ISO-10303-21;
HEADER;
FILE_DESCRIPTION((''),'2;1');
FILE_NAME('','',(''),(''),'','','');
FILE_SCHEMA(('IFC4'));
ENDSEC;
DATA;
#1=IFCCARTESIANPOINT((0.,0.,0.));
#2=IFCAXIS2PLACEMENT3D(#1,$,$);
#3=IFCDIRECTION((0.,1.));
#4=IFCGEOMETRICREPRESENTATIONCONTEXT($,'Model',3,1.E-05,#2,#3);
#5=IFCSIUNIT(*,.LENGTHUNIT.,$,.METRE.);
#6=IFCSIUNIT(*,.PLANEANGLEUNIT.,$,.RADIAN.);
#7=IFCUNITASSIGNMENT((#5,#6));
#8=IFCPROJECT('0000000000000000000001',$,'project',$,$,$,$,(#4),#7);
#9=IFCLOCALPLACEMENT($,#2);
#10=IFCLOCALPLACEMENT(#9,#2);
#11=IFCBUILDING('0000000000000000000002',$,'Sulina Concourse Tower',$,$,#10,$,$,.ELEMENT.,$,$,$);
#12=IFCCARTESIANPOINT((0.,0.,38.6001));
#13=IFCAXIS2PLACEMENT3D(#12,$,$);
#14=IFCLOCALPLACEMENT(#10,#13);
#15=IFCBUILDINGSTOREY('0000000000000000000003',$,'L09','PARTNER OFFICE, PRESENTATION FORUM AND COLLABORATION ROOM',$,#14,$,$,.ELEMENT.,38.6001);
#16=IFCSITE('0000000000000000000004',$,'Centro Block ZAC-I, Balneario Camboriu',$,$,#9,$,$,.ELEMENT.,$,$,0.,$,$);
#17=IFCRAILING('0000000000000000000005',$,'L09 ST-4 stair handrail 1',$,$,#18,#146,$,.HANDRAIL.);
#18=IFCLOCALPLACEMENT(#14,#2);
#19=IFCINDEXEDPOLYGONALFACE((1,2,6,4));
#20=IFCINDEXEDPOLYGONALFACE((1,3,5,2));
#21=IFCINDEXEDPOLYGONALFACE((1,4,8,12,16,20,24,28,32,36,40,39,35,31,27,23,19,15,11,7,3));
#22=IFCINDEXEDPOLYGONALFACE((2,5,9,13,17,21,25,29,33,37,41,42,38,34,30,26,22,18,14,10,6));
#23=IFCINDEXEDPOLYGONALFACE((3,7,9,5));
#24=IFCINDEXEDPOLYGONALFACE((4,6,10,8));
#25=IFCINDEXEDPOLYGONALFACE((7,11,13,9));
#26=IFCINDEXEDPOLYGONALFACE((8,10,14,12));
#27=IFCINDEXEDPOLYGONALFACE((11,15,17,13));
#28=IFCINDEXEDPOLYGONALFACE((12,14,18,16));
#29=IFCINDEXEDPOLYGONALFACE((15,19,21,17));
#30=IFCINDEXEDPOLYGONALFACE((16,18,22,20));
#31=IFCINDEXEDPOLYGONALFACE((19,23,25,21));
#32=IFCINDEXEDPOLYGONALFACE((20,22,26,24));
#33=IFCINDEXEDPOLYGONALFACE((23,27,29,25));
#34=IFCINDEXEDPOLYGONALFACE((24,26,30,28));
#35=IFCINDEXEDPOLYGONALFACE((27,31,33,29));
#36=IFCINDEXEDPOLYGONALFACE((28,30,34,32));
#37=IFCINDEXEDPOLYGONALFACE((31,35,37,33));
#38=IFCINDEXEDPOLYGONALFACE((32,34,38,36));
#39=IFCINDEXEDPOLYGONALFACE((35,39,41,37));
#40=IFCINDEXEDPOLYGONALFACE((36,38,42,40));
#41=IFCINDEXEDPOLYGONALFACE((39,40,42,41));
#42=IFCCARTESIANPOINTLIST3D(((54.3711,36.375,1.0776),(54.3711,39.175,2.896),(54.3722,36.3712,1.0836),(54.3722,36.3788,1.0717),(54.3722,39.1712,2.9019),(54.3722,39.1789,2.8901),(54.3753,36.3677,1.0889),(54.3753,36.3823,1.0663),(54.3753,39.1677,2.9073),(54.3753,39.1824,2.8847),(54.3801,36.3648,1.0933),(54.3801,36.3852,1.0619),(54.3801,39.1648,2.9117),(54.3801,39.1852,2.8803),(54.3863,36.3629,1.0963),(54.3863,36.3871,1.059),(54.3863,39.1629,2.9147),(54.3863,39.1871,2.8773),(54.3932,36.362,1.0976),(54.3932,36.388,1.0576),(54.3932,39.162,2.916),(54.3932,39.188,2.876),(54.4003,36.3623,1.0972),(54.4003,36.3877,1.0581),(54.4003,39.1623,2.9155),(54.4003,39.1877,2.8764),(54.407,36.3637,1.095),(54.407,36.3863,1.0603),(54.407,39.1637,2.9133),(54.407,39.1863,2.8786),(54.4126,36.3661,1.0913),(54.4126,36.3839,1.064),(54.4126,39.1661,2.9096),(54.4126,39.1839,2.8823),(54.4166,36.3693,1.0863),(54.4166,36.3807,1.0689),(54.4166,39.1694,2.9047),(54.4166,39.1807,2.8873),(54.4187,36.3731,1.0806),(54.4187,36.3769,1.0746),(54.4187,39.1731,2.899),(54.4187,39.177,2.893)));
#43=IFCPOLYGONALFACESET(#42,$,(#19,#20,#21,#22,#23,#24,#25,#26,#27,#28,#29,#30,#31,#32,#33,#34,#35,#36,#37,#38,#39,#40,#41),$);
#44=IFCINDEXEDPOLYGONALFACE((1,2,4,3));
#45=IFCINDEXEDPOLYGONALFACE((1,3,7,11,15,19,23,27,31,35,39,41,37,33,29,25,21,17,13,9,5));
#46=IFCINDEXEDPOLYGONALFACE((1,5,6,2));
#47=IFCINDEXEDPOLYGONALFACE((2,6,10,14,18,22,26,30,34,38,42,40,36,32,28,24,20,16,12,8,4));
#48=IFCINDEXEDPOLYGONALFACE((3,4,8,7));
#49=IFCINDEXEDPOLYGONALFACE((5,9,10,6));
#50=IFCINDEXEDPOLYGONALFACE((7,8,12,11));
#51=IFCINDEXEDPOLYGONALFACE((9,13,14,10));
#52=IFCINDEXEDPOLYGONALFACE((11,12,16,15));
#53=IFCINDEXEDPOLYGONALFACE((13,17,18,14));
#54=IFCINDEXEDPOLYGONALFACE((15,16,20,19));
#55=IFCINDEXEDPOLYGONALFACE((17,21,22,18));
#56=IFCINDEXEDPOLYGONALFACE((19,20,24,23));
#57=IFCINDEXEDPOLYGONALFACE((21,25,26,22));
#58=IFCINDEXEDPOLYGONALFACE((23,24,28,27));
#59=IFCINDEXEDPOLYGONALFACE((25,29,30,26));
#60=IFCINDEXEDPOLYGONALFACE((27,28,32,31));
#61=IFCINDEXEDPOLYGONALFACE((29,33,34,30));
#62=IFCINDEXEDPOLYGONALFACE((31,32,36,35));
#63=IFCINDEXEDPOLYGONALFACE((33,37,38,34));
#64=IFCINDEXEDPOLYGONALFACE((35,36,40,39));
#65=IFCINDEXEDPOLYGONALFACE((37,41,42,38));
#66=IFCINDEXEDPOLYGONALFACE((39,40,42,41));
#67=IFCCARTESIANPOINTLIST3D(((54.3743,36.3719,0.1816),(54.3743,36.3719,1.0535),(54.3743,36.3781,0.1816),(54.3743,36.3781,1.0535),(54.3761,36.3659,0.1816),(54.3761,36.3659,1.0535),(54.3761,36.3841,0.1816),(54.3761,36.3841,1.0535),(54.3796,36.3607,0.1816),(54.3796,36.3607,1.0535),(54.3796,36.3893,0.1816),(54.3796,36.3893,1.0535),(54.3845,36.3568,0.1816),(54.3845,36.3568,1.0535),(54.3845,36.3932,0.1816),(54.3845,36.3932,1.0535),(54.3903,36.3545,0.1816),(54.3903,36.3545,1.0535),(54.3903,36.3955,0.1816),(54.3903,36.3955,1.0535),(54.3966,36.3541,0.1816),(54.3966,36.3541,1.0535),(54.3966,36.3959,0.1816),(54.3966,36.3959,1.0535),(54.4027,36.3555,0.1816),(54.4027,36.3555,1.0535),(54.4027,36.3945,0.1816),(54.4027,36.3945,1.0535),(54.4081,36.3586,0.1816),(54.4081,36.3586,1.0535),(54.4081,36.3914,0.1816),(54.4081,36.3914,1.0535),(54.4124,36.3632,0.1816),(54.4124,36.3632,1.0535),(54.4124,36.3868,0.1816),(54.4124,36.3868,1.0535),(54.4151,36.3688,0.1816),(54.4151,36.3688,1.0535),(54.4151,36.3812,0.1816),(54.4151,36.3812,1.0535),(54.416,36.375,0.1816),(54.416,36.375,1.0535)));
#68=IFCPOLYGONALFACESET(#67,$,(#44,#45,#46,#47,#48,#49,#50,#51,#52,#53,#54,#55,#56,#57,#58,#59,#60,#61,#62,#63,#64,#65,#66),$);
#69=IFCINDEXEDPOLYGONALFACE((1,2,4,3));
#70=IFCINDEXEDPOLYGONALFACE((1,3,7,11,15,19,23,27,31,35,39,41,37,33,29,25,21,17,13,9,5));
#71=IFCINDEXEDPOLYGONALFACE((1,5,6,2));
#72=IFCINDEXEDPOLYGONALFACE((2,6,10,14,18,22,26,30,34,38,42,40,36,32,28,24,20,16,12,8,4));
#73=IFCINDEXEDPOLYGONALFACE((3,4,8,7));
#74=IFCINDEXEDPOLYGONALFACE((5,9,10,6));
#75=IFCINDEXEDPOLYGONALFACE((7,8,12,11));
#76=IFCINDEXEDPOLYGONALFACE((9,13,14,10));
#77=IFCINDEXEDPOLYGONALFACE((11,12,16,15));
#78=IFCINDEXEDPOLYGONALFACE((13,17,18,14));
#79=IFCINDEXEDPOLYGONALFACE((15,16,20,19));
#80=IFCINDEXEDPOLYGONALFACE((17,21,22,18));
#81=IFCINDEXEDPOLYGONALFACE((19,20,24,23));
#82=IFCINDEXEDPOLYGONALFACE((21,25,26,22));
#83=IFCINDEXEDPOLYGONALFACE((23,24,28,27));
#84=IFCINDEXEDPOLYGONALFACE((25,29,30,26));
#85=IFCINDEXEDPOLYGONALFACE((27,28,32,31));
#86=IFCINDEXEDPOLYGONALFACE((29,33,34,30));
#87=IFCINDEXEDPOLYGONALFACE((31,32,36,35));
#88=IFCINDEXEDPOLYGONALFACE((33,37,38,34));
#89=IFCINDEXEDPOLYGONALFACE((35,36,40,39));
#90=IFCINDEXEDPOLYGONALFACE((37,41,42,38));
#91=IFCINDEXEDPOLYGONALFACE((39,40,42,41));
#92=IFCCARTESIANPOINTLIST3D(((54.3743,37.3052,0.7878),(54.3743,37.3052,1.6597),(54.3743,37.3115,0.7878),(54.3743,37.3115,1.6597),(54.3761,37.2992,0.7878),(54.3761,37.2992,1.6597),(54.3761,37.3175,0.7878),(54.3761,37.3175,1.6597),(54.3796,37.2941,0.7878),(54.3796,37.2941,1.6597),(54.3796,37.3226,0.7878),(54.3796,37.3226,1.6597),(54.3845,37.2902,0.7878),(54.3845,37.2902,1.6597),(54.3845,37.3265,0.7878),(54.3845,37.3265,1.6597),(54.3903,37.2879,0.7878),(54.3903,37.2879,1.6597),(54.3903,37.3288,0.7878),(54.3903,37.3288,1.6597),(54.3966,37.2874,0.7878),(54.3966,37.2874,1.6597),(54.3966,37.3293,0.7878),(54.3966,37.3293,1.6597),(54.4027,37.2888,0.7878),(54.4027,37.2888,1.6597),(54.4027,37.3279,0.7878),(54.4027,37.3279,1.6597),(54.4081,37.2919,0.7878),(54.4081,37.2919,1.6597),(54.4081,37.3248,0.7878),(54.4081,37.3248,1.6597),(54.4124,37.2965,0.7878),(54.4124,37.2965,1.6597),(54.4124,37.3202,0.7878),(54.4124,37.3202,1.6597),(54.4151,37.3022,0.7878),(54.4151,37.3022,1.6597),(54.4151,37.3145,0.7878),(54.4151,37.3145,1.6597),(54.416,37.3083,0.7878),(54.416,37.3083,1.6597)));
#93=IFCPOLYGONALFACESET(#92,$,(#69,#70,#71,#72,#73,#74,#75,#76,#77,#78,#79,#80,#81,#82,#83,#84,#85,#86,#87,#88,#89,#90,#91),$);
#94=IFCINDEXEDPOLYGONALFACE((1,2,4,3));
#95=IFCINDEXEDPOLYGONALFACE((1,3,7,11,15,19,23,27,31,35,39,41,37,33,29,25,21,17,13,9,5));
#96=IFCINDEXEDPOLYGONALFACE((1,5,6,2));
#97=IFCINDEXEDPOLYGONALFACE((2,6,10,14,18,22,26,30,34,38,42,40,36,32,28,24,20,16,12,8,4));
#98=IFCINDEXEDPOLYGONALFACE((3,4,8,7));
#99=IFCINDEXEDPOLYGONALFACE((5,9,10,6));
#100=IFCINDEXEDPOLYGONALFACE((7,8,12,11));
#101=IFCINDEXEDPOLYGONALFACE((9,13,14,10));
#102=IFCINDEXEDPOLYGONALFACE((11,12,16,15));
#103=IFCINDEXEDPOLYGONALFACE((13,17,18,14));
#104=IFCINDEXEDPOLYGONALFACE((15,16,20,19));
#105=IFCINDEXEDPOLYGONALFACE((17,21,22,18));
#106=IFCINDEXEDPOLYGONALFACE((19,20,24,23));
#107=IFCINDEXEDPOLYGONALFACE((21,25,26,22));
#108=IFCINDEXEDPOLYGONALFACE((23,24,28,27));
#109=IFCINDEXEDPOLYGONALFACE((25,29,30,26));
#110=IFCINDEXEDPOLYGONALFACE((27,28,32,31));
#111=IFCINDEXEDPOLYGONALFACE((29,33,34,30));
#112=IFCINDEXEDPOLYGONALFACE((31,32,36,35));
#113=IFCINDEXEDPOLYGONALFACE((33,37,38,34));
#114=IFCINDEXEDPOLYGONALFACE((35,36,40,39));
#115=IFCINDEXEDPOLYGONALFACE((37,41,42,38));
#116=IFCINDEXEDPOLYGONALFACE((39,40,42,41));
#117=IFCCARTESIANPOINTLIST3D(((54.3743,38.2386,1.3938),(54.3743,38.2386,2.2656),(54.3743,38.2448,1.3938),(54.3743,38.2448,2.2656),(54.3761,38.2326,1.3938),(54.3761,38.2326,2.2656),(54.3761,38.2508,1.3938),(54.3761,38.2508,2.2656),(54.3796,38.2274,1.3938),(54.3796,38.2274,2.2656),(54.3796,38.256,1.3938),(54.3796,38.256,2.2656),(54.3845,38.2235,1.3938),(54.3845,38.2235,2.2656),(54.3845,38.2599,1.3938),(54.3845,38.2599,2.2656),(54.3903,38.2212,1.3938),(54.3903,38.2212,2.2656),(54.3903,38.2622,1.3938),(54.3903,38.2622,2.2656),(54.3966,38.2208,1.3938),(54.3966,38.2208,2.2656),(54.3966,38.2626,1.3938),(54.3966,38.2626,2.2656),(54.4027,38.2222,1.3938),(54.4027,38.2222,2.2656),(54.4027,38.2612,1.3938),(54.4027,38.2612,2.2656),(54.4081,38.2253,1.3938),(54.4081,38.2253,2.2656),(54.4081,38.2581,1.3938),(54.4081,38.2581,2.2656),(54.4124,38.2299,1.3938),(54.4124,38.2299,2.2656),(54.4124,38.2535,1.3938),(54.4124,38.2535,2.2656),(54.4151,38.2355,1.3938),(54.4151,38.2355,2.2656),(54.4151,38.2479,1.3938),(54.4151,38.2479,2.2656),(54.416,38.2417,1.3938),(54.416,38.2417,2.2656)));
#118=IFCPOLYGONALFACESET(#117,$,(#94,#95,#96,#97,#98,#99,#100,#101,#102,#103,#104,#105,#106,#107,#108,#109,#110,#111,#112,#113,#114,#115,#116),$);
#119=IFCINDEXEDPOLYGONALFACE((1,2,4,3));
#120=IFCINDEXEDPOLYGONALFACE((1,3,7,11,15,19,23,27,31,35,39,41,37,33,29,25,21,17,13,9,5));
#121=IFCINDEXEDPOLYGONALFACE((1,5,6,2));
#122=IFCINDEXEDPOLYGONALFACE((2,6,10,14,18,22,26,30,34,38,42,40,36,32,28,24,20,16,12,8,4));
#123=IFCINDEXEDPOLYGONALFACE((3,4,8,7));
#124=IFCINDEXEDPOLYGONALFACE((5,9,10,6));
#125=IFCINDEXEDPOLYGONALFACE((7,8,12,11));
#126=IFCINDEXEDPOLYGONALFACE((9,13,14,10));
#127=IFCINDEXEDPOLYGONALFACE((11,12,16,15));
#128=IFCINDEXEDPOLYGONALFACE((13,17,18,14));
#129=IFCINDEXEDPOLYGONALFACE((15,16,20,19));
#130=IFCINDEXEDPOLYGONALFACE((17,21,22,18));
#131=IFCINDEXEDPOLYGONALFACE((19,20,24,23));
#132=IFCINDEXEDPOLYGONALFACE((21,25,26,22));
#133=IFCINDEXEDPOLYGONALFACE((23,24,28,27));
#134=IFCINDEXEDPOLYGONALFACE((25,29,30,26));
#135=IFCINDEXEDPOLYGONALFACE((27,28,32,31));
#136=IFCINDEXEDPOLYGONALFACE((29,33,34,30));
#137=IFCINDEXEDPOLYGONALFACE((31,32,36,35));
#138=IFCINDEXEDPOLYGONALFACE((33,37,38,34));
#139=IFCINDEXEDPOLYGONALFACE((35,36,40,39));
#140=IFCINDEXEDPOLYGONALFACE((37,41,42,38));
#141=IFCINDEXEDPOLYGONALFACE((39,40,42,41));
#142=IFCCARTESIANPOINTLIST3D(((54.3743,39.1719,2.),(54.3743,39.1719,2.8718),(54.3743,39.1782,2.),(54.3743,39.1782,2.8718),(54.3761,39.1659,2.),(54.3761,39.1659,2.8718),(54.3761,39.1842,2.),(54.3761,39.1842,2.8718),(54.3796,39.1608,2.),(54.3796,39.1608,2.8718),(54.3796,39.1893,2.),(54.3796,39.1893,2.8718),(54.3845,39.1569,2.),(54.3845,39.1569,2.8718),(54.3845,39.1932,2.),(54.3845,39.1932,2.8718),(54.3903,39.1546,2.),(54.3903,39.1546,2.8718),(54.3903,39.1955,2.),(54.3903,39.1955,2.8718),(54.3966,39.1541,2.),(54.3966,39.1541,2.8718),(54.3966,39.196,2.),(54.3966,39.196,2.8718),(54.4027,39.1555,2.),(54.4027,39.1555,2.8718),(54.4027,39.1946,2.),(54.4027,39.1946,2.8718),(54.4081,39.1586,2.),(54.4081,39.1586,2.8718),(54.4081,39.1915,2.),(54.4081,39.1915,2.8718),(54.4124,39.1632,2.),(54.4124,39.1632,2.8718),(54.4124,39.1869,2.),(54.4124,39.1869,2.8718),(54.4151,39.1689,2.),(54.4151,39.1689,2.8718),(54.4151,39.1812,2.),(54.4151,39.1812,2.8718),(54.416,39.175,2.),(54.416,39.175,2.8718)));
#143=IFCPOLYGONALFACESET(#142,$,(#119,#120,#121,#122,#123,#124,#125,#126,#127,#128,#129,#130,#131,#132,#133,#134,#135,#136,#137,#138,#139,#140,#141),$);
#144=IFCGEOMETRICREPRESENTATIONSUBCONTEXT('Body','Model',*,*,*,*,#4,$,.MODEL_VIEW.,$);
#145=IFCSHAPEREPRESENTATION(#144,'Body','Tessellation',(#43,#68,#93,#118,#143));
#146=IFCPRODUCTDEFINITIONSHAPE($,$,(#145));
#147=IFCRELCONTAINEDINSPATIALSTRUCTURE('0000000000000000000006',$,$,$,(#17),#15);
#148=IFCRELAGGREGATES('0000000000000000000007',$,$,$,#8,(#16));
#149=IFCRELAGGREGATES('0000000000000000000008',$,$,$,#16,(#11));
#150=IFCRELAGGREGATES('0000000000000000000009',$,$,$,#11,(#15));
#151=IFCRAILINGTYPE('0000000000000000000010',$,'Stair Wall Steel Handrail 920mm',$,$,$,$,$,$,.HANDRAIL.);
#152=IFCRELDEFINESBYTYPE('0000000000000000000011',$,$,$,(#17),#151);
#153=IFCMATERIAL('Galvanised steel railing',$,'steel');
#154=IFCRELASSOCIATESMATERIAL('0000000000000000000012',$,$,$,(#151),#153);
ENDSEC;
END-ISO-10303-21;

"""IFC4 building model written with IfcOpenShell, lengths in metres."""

from ifc_helpers import new_model, si_unit, direction, frame, origin, origin_2d, place, context, subcontext, project, spatial, circle, extrude, material, type_object, element, save


model = new_model("IFC4")

# Units and contexts
model_context = context("Model", 3, precision=1e-05, world=origin(), true_north=direction((0.0, 1.0)))
body_context = subcontext(model_context, "Body", "Model", "MODEL_VIEW")
ifc_project = project(units=[si_unit("LENGTHUNIT", "METRE"), si_unit("PLANEANGLEUNIT", "RADIAN")], contexts=[model_context])

# Site, building, storey
site_placement = place(None, origin())
site = spatial("IfcSite", under=ifc_project, at=site_placement, Name="Centro Block ZAC-I, Balneario Camboriu", CompositionType="ELEMENT", RefElevation=0.0)
building_placement = place(site_placement, origin())
building = spatial("IfcBuilding", under=site, at=building_placement, Name="Sulina Concourse Tower", CompositionType="ELEMENT")
storey_placement = place(building_placement, frame((0.0, 0.0, 38.6001)))
storey = spatial("IfcBuildingStorey", under=building, at=storey_placement, Name="L09", Description="PARTNER OFFICE, PRESENTATION FORUM AND COLLABORATION ROOM", CompositionType="ELEMENT", Elevation=38.6001)

# Railing
ifc_material_1 = material(Name="Galvanised steel railing", Category="steel")
railing_type_1 = type_object("IfcRailingType", Name="Stair Wall Steel Handrail 920mm", PredefinedType="HANDRAIL", material=ifc_material_1)
railing_1_placement = place(storey_placement, frame((54.395, 36.375, 0.1816)))
element("IfcRailing", 1, at=railing_1_placement, inside=storey, type_object=railing_type_1, Name="L09 ST-4 stair handrail 1", PredefinedType="HANDRAIL", context=body_context, shape_type="SweptSolid", body=[
    extrude(circle(Radius=0.0239, at=origin_2d()), frame((0.0, 0.0, 0.896), z_axis=(0.0, 0.838672, 0.544636), x_axis=(-1.0, 0.0, 0.0)), (0.0, 0.0, 1.0), 3.3386),
    extrude(circle(Radius=0.021, at=origin_2d()), origin(), (0.0, 0.0, 1.0), 0.8718),
    extrude(circle(Radius=0.021, at=origin_2d()), frame((0.0, 0.9333, 0.6062)), (0.0, 0.0, 1.0), 0.8718),
    extrude(circle(Radius=0.021, at=origin_2d()), frame((0.0, 1.8667, 1.2122)), (0.0, 0.0, 1.0), 0.8718),
    extrude(circle(Radius=0.021, at=origin_2d()), frame((0.0, 2.8, 1.8184)), (0.0, 0.0, 1.0), 0.8718),
])

save(model, "model.ifc")
